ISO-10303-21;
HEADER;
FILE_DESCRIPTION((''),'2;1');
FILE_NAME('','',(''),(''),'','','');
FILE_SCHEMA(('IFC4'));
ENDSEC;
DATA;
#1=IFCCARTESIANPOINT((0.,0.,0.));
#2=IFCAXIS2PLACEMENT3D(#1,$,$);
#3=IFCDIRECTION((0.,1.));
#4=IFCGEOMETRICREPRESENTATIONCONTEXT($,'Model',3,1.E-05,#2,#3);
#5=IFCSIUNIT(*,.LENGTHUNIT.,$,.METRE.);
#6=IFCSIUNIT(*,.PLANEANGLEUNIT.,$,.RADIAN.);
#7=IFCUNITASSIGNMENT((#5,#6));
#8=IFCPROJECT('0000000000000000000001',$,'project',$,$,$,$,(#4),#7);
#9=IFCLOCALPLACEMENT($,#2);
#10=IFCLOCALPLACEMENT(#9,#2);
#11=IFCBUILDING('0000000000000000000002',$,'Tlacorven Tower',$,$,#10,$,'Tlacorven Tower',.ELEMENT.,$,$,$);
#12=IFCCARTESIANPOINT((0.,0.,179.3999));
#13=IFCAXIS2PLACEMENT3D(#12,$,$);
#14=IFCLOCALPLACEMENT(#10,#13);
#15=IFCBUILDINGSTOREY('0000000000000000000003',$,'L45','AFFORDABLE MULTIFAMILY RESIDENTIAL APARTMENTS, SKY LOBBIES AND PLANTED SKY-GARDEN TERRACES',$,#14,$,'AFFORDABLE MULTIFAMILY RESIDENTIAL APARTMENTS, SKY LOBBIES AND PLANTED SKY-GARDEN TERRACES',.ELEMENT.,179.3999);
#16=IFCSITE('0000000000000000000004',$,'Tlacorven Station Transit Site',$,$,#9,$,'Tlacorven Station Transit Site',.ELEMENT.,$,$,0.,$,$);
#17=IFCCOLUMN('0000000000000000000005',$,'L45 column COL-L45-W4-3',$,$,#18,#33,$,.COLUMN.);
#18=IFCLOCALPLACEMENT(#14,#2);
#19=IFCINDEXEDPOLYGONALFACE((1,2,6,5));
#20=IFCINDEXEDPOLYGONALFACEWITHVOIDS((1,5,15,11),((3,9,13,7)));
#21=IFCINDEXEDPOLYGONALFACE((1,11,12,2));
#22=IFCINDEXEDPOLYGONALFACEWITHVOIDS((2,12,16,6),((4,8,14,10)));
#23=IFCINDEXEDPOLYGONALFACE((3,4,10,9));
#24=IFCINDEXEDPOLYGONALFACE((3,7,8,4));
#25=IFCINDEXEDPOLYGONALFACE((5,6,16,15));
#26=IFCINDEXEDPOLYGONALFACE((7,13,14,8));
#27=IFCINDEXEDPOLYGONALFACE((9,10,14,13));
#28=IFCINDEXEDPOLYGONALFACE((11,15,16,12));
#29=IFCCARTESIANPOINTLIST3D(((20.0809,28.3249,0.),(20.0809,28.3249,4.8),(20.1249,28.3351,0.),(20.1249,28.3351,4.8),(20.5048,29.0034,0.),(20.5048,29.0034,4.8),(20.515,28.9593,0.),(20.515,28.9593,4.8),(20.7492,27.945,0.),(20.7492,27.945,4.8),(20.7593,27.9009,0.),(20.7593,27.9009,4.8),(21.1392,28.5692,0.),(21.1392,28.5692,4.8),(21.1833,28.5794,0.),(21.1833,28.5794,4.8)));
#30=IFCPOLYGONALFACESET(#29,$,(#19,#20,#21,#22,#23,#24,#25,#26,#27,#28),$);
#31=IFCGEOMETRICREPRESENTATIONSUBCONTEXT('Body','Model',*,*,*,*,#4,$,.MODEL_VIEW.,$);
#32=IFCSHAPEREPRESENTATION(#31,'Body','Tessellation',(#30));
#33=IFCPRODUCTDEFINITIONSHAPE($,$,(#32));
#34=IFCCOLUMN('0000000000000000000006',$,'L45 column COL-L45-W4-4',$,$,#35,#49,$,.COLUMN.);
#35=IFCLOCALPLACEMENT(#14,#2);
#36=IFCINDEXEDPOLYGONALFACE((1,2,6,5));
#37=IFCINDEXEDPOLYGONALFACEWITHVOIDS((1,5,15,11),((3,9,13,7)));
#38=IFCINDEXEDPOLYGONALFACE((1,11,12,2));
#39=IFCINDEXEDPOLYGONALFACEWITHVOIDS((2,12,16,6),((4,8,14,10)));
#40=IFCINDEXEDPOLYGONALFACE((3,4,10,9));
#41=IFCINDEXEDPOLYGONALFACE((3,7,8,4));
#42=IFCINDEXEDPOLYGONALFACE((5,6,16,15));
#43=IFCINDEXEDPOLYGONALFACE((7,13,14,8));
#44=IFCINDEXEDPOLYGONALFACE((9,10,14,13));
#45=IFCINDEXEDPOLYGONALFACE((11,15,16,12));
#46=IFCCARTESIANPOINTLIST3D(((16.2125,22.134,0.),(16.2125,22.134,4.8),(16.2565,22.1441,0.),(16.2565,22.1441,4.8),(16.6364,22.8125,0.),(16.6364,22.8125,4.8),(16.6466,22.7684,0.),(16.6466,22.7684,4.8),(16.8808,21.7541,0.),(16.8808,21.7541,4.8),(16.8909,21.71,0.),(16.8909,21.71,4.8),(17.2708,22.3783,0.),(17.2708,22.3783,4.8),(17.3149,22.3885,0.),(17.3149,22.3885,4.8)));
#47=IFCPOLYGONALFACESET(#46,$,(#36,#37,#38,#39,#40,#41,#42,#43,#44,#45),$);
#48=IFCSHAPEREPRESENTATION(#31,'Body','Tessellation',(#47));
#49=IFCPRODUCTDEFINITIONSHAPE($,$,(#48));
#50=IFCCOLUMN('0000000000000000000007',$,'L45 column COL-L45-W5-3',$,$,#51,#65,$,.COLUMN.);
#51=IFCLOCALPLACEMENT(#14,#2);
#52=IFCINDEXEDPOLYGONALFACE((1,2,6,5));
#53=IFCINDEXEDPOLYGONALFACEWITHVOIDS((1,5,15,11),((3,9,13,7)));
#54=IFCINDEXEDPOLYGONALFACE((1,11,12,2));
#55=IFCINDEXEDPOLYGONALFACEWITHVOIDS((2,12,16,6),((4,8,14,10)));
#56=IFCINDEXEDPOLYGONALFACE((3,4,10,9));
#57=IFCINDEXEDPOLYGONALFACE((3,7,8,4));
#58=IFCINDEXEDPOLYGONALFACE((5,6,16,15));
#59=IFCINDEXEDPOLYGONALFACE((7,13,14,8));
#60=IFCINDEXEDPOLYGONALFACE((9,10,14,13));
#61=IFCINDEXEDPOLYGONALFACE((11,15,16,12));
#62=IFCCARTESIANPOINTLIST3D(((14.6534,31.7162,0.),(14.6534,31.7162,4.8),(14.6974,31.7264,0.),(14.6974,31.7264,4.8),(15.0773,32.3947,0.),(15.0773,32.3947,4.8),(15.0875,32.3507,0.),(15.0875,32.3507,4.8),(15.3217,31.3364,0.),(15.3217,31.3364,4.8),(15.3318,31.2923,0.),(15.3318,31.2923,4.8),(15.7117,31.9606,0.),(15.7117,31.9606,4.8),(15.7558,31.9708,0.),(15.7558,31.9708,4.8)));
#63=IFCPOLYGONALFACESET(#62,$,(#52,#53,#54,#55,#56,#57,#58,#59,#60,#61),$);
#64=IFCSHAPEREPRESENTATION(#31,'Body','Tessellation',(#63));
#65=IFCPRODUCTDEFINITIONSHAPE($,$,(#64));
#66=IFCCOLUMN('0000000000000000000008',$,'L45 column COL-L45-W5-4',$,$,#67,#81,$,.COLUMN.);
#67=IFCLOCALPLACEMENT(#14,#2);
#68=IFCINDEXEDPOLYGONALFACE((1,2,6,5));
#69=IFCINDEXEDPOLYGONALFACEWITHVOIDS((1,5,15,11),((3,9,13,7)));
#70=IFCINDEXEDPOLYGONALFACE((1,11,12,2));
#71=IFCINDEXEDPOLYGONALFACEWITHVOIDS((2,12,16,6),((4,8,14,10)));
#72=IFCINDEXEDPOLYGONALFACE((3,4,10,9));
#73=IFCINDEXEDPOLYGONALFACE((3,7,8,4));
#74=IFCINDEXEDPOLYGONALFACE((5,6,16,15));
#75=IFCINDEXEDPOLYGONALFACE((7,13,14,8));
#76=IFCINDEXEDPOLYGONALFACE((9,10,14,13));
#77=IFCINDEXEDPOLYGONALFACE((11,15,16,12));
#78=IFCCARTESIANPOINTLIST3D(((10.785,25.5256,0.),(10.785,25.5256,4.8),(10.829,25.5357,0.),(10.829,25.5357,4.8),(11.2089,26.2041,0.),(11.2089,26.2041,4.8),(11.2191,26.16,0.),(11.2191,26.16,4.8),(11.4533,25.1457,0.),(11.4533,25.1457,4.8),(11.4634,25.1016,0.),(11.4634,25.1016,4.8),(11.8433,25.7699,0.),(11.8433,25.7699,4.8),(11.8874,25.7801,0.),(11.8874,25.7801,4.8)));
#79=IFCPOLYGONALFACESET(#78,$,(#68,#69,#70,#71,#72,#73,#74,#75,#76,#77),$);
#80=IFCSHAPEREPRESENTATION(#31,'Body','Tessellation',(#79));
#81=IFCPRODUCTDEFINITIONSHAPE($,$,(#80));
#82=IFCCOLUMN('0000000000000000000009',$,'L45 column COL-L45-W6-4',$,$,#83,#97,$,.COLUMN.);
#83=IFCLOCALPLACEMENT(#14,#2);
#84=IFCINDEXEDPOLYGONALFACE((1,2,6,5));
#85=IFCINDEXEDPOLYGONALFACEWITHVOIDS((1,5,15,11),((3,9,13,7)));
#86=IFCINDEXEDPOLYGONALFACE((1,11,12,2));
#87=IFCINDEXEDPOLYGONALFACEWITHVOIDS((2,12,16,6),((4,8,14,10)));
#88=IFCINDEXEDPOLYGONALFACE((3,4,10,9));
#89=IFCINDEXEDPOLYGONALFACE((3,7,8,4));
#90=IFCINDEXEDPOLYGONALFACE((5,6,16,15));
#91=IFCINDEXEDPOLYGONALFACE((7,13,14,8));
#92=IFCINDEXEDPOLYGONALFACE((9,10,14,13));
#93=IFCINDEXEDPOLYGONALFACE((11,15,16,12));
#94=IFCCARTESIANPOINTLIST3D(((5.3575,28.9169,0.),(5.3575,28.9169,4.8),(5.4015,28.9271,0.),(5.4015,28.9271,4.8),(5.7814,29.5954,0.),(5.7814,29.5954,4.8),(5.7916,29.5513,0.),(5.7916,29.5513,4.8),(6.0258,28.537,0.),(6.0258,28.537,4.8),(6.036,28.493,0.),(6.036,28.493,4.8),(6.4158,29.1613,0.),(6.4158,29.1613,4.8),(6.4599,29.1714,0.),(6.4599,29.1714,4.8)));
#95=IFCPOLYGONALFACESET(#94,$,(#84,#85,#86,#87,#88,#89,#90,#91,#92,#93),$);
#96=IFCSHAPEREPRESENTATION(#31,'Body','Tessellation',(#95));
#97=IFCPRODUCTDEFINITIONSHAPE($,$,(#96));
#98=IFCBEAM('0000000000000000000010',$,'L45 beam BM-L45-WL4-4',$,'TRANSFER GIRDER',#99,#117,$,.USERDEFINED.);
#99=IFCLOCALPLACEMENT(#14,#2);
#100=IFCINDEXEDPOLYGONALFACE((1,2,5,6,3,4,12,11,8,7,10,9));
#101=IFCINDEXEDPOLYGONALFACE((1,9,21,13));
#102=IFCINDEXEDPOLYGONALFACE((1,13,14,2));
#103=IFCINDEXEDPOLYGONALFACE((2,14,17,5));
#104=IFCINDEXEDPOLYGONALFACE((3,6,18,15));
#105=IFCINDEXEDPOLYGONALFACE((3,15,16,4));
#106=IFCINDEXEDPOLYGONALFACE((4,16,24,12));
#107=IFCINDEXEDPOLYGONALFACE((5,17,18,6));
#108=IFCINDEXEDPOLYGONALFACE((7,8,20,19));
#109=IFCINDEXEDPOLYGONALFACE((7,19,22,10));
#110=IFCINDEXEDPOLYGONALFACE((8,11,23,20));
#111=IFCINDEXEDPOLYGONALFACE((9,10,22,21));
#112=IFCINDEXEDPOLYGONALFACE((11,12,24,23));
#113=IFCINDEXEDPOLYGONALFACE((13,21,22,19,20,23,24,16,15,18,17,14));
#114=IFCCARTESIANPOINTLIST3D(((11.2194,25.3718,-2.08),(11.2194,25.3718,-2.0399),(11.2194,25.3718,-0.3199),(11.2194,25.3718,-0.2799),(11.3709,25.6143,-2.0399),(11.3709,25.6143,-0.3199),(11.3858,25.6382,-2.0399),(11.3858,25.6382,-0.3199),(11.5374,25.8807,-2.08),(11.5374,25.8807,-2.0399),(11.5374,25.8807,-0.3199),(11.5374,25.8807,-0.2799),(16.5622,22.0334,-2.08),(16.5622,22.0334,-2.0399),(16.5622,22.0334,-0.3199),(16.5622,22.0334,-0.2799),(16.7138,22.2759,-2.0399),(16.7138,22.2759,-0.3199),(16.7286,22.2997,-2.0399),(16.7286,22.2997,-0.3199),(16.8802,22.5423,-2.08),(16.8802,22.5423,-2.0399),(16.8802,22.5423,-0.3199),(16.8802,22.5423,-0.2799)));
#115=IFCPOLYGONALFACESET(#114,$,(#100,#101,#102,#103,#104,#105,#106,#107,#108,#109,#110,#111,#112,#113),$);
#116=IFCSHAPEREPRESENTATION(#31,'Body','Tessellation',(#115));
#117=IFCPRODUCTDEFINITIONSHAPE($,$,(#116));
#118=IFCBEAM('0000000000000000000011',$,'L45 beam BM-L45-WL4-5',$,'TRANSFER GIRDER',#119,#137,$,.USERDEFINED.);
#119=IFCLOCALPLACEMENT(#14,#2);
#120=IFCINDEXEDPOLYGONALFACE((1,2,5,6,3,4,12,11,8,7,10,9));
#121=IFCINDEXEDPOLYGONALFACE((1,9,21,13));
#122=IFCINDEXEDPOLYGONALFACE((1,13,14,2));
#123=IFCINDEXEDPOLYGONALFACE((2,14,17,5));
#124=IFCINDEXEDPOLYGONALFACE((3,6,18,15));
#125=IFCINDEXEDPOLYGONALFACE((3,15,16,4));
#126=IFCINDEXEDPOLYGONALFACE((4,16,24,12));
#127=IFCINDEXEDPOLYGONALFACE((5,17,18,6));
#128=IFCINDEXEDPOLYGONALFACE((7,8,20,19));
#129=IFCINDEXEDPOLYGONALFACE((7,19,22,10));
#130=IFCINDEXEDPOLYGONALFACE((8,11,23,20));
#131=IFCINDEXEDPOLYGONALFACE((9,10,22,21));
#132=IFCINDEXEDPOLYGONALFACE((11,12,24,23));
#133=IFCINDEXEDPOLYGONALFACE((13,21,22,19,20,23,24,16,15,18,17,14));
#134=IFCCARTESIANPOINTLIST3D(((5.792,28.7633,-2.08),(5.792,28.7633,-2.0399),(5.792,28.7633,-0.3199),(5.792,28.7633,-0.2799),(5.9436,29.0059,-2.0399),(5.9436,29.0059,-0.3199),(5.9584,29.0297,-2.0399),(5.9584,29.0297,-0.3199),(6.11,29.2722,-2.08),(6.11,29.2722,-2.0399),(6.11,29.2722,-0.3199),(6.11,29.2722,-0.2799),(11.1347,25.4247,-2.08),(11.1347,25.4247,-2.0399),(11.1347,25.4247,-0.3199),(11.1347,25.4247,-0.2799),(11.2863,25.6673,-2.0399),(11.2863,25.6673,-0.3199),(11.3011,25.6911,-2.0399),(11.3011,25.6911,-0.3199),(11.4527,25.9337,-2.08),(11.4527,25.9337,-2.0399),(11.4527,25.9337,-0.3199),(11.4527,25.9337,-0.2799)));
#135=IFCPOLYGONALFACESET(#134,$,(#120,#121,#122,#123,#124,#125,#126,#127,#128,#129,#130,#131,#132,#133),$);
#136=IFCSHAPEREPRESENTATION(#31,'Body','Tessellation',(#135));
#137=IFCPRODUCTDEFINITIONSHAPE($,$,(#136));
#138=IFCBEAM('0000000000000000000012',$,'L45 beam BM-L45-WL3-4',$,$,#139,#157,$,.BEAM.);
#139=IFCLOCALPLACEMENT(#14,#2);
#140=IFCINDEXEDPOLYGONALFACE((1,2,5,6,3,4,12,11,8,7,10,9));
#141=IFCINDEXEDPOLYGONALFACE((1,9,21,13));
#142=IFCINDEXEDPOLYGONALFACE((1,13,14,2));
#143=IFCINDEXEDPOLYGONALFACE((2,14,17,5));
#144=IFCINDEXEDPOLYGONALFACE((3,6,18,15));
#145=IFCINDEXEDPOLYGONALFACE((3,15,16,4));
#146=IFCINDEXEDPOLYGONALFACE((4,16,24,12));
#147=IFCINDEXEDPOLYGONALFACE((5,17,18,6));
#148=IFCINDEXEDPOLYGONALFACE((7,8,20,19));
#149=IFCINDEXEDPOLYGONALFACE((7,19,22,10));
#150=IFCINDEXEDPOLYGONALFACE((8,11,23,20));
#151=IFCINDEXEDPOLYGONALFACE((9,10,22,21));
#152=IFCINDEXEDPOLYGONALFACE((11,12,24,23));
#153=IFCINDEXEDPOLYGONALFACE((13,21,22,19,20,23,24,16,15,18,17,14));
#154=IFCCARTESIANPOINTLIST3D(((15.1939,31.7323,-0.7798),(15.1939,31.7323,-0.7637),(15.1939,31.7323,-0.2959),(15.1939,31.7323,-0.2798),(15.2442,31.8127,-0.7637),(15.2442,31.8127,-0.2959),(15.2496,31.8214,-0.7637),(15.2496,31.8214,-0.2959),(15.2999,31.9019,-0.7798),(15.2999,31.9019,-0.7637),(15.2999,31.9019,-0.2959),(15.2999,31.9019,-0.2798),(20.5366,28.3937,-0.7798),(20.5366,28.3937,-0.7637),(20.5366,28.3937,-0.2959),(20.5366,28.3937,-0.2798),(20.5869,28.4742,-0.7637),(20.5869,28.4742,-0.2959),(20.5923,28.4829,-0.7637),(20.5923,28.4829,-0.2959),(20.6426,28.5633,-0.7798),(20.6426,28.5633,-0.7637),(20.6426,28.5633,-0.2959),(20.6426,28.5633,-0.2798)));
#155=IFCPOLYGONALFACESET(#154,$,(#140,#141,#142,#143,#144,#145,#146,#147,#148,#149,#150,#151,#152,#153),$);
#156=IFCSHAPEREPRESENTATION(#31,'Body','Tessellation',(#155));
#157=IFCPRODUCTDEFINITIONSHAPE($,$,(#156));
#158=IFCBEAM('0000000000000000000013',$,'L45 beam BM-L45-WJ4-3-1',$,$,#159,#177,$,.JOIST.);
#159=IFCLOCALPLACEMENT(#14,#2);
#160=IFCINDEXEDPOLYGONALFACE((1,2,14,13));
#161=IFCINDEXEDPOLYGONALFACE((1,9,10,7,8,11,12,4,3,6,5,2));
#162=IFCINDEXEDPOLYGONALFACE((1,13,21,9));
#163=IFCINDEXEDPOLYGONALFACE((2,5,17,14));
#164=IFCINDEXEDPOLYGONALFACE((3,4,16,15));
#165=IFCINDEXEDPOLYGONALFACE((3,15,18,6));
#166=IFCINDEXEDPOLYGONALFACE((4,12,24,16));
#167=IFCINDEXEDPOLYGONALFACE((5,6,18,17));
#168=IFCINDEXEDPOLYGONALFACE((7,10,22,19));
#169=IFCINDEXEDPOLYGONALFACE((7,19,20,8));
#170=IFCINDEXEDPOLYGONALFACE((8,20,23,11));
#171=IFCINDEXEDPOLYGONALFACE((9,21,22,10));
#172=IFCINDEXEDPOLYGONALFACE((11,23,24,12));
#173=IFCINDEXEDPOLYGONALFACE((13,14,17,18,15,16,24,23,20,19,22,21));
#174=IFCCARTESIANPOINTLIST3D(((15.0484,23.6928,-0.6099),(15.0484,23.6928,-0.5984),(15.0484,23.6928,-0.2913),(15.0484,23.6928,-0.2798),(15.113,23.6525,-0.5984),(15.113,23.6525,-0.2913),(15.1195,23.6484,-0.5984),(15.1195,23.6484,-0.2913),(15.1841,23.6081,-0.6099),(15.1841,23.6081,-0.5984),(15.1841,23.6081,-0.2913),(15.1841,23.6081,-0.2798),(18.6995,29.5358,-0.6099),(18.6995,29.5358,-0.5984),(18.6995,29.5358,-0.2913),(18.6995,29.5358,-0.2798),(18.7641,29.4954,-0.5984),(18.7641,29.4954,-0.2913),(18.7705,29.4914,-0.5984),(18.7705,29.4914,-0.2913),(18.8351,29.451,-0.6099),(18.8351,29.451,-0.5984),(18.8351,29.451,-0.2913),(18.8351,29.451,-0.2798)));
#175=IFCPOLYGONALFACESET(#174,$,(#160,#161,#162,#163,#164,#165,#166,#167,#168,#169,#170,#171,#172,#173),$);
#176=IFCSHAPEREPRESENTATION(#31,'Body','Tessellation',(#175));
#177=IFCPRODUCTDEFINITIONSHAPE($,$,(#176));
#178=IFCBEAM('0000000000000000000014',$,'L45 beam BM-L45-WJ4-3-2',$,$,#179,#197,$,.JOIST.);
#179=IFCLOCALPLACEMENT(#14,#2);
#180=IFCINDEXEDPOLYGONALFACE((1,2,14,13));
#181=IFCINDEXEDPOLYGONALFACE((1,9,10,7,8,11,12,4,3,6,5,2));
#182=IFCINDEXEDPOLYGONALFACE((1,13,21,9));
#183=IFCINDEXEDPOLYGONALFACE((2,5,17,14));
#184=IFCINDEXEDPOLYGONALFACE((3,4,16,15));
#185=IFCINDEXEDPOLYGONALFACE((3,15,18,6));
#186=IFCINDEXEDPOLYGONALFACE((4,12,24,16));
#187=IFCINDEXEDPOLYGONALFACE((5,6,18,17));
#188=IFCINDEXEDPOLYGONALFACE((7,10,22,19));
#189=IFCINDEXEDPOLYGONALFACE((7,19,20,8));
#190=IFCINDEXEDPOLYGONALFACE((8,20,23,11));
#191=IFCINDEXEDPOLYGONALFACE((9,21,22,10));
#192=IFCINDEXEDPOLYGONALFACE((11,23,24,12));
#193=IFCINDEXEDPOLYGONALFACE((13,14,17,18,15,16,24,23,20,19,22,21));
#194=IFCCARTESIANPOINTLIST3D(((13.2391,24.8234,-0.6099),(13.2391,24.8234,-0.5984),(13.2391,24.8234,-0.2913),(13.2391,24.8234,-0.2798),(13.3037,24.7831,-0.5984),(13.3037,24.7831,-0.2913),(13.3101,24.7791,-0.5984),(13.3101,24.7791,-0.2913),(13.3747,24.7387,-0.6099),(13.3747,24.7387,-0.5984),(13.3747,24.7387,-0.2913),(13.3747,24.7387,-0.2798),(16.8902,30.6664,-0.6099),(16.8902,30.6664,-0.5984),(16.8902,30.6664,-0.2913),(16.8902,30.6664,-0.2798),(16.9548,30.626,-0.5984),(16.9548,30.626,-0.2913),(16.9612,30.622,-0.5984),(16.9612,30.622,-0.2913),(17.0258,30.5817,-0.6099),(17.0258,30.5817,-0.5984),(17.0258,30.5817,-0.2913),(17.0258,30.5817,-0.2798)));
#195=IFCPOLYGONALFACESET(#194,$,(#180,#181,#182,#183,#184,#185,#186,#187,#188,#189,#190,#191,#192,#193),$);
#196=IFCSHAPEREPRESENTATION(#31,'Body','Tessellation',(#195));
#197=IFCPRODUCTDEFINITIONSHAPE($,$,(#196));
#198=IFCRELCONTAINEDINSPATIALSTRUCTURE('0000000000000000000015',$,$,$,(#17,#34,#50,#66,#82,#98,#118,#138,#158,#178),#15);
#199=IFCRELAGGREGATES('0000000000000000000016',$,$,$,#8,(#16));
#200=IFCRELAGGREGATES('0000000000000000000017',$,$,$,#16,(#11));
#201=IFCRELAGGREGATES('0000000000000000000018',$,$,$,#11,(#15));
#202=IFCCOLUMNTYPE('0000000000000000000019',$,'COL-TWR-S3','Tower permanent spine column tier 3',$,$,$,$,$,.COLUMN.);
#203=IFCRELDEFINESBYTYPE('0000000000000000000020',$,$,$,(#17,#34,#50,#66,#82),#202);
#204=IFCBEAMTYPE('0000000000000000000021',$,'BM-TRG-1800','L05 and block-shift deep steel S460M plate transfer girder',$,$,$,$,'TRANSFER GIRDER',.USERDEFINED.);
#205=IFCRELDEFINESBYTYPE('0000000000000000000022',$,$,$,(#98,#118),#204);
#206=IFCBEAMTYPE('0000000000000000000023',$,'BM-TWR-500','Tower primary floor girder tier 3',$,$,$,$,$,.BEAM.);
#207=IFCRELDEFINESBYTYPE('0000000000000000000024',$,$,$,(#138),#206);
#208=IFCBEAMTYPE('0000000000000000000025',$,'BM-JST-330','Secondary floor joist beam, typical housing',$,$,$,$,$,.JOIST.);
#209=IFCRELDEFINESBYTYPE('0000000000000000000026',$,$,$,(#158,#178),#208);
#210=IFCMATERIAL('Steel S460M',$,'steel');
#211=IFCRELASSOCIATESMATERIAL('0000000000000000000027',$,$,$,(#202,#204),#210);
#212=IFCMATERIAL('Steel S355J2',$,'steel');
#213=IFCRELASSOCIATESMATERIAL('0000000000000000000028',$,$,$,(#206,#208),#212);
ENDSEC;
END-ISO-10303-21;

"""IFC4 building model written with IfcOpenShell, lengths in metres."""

from ifc_helpers import new_model, si_unit, direction, frame, origin, origin_2d, place, context, subcontext, project, spatial, hollow_rectangle, i_section, extrude, source, transform, mapped, material, material_profile, profile_set, type_object, element, save


model = new_model("IFC4")

# Units and contexts
model_context = context("Model", 3, precision=1e-05, world=origin(), true_north=direction((0.0, 1.0)))
body_context = subcontext(model_context, "Body", "Model", "MODEL_VIEW")
ifc_project = project(units=[si_unit("LENGTHUNIT", "METRE"), si_unit("PLANEANGLEUNIT", "RADIAN")], contexts=[model_context])

# Site, building, storey
site_placement = place(None, origin())
site = spatial("IfcSite", under=ifc_project, at=site_placement, Name="Tlacorven Station Transit Site", LongName="Tlacorven Station Transit Site", CompositionType="ELEMENT", RefElevation=0.0)
building_placement = place(site_placement, origin())
building = spatial("IfcBuilding", under=site, at=building_placement, Name="Tlacorven Tower", LongName="Tlacorven Tower", CompositionType="ELEMENT")
storey_placement = place(building_placement, frame((0.0, 0.0, 179.3999)))
storey = spatial("IfcBuildingStorey", under=building, at=storey_placement, Name="L45", Description="AFFORDABLE MULTIFAMILY RESIDENTIAL APARTMENTS, SKY LOBBIES AND PLANTED SKY-GARDEN TERRACES", LongName="AFFORDABLE MULTIFAMILY RESIDENTIAL APARTMENTS, SKY LOBBIES AND PLANTED SKY-GARDEN TERRACES", CompositionType="ELEMENT", Elevation=179.3999)

# Columns
ifc_material_1 = material(Name="Steel S460M", Category="steel")
ifc_material_profile_1 = material_profile(ifc_material_1, hollow_rectangle(XDim=0.8, YDim=0.8, WallThickness=0.032, at=origin_2d()), Name="BOX 800X800X32")
ifc_profile_set_1 = profile_set([ifc_material_profile_1], Name="Steel S460M")
column_type = type_object("IfcColumnType", Name="COL-TWR-S3", Description="Tower permanent spine column tier 3", PredefinedType="COLUMN", material=ifc_profile_set_1)
shared_shape_1 = source(origin(), body_context, "Body", "SweptSolid", [
    extrude(hollow_rectangle(XDim=0.8, YDim=0.8, WallThickness=0.032, at=origin_2d()), origin(), (0.0, 0.0, 1.0), 4.8),
])
for number, where, z_axis, x_axis, name in (
    (1, (20.6321, 28.4521, 0.0), (0.0, 0.0, 1.0), (-0.848048, 0.529919, 0.0), "L45 column COL-L45-W4-3"),
    (2, (16.7637, 22.2612, 0.0), (0.0, 0.0, 1.0), (-0.848048, 0.529919, 0.0), "L45 column COL-L45-W4-4"),
    (3, (15.2046, 31.8435, 0.0), (0.0, 0.0, 1.0), (-0.848048, 0.529919, 0.0), "L45 column COL-L45-W5-3"),
    (4, (11.3362, 25.6528, 0.0), (0.0, 0.0, 1.0), (-0.848048, 0.529919, 0.0), "L45 column COL-L45-W5-4"),
    (5, (5.9087, 29.0442, 0.0), (0.0, 0.0, 1.0), (-0.848048, 0.529919, 0.0), "L45 column COL-L45-W6-4"),
):
    element("IfcColumn", number, at=place(storey_placement, frame(where, z_axis=z_axis, x_axis=x_axis)), inside=storey, type_object=column_type, Name=name, PredefinedType="COLUMN", context=body_context, shape_type="MappedRepresentation", body=[
        mapped(shared_shape_1, transform((0.0, 0.0, 0.0), scale=1.0)),
    ])

# Beams
ifc_material_profile_2 = material_profile(ifc_material_1, i_section(OverallWidth=0.6001, OverallDepth=1.8, WebThickness=0.0281, FlangeThickness=0.04, at=origin_2d()), Name="PG 1800X600X28X40")
ifc_profile_set_2 = profile_set([ifc_material_profile_2], Name="Steel S460M")
beam_type_1 = type_object("IfcBeamType", Name="BM-TRG-1800", Description="L05 and block-shift deep steel S460M plate transfer girder", ElementType="TRANSFER GIRDER", PredefinedType="USERDEFINED", material=ifc_profile_set_2)
shared_shape_2 = source(origin(), body_context, "Body", "SweptSolid", [
    extrude(i_section(OverallWidth=0.6001, OverallDepth=1.8, WebThickness=0.0281, FlangeThickness=0.04, at=origin_2d()), origin(), (0.0, 0.0, 1.0), 6.3),
])
for number, where, z_axis, x_axis, name in (
    (6, (16.7212, 22.2878, -1.1799), (-0.848059, 0.529901, 0.0), (-0.529901, -0.848059, 0.0), "L45 beam BM-L45-WL4-4"),
    (7, (11.2937, 25.6792, -1.1799), (-0.848042, 0.529929, 0.0), (-0.529929, -0.848042, 0.0), "L45 beam BM-L45-WL4-5"),
):
    element("IfcBeam", number, at=place(storey_placement, frame(where, z_axis=z_axis, x_axis=x_axis)), inside=storey, type_object=beam_type_1, Name=name, ObjectType="TRANSFER GIRDER", PredefinedType="USERDEFINED", context=body_context, shape_type="MappedRepresentation", body=[
        mapped(shared_shape_2, transform((0.0, 0.0, 0.0), scale=1.0)),
    ])
ifc_material_2 = material(Name="Steel S355J2", Category="steel")
ifc_material_profile_3 = material_profile(ifc_material_2, i_section(OverallWidth=0.2, OverallDepth=0.5, WebThickness=0.0103, FlangeThickness=0.0161, at=origin_2d()), Name="IPE 500")
ifc_profile_set_3 = profile_set([ifc_material_profile_3], Name="Steel S355J2")
beam_type_2 = type_object("IfcBeamType", Name="BM-TWR-500", Description="Tower primary floor girder tier 3", PredefinedType="BEAM", material=ifc_profile_set_3)
shared_shape_3 = source(origin(), body_context, "Body", "SweptSolid", [
    extrude(i_section(OverallWidth=0.2, OverallDepth=0.5, WebThickness=0.0103, FlangeThickness=0.0161, at=origin_2d()), origin(), (0.0, 0.0, 1.0), 6.3),
])
beam_placement = place(storey_placement, frame((20.5896, 28.4785, -0.5298), z_axis=(-0.848042, 0.529929, 0.0), x_axis=(-0.529929, -0.848042, 0.0)))
element("IfcBeam", 8, at=beam_placement, inside=storey, type_object=beam_type_2, Name="L45 beam BM-L45-WL3-4", PredefinedType="BEAM", context=body_context, shape_type="MappedRepresentation", body=[
    mapped(shared_shape_3, transform((0.0, 0.0, 0.0), scale=1.0)),
])
ifc_material_profile_4 = material_profile(ifc_material_2, i_section(OverallWidth=0.1599, OverallDepth=0.3301, WebThickness=0.0076, FlangeThickness=0.0115, at=origin_2d()), Name="IPE 330")
ifc_profile_set_4 = profile_set([ifc_material_profile_4], Name="Steel S355J2")
beam_type_3 = type_object("IfcBeamType", Name="BM-JST-330", Description="Secondary floor joist beam, typical housing", PredefinedType="JOIST", material=ifc_profile_set_4)
shared_shape_4 = source(origin(), body_context, "Body", "SweptSolid", [
    extrude(i_section(OverallWidth=0.1599, OverallDepth=0.3301, WebThickness=0.0076, FlangeThickness=0.0115, at=origin_2d()), origin(), (0.0, 0.0, 1.0), 6.8899),
])
for number, where, z_axis, x_axis, name in (
    (9, (18.7673, 29.4934, -0.4448), (-0.529919, -0.848048, 0.0), (0.848048, -0.529919, 0.0), "L45 beam BM-L45-WJ4-3-1"),
    (10, (16.958, 30.624, -0.4448), (-0.529919, -0.848048, 0.0), (0.848048, -0.529919, 0.0), "L45 beam BM-L45-WJ4-3-2"),
):
    element("IfcBeam", number, at=place(storey_placement, frame(where, z_axis=z_axis, x_axis=x_axis)), inside=storey, type_object=beam_type_3, Name=name, PredefinedType="JOIST", context=body_context, shape_type="MappedRepresentation", body=[
        mapped(shared_shape_4, transform((0.0, 0.0, 0.0), scale=1.0)),
    ])

save(model, "model.ifc")
